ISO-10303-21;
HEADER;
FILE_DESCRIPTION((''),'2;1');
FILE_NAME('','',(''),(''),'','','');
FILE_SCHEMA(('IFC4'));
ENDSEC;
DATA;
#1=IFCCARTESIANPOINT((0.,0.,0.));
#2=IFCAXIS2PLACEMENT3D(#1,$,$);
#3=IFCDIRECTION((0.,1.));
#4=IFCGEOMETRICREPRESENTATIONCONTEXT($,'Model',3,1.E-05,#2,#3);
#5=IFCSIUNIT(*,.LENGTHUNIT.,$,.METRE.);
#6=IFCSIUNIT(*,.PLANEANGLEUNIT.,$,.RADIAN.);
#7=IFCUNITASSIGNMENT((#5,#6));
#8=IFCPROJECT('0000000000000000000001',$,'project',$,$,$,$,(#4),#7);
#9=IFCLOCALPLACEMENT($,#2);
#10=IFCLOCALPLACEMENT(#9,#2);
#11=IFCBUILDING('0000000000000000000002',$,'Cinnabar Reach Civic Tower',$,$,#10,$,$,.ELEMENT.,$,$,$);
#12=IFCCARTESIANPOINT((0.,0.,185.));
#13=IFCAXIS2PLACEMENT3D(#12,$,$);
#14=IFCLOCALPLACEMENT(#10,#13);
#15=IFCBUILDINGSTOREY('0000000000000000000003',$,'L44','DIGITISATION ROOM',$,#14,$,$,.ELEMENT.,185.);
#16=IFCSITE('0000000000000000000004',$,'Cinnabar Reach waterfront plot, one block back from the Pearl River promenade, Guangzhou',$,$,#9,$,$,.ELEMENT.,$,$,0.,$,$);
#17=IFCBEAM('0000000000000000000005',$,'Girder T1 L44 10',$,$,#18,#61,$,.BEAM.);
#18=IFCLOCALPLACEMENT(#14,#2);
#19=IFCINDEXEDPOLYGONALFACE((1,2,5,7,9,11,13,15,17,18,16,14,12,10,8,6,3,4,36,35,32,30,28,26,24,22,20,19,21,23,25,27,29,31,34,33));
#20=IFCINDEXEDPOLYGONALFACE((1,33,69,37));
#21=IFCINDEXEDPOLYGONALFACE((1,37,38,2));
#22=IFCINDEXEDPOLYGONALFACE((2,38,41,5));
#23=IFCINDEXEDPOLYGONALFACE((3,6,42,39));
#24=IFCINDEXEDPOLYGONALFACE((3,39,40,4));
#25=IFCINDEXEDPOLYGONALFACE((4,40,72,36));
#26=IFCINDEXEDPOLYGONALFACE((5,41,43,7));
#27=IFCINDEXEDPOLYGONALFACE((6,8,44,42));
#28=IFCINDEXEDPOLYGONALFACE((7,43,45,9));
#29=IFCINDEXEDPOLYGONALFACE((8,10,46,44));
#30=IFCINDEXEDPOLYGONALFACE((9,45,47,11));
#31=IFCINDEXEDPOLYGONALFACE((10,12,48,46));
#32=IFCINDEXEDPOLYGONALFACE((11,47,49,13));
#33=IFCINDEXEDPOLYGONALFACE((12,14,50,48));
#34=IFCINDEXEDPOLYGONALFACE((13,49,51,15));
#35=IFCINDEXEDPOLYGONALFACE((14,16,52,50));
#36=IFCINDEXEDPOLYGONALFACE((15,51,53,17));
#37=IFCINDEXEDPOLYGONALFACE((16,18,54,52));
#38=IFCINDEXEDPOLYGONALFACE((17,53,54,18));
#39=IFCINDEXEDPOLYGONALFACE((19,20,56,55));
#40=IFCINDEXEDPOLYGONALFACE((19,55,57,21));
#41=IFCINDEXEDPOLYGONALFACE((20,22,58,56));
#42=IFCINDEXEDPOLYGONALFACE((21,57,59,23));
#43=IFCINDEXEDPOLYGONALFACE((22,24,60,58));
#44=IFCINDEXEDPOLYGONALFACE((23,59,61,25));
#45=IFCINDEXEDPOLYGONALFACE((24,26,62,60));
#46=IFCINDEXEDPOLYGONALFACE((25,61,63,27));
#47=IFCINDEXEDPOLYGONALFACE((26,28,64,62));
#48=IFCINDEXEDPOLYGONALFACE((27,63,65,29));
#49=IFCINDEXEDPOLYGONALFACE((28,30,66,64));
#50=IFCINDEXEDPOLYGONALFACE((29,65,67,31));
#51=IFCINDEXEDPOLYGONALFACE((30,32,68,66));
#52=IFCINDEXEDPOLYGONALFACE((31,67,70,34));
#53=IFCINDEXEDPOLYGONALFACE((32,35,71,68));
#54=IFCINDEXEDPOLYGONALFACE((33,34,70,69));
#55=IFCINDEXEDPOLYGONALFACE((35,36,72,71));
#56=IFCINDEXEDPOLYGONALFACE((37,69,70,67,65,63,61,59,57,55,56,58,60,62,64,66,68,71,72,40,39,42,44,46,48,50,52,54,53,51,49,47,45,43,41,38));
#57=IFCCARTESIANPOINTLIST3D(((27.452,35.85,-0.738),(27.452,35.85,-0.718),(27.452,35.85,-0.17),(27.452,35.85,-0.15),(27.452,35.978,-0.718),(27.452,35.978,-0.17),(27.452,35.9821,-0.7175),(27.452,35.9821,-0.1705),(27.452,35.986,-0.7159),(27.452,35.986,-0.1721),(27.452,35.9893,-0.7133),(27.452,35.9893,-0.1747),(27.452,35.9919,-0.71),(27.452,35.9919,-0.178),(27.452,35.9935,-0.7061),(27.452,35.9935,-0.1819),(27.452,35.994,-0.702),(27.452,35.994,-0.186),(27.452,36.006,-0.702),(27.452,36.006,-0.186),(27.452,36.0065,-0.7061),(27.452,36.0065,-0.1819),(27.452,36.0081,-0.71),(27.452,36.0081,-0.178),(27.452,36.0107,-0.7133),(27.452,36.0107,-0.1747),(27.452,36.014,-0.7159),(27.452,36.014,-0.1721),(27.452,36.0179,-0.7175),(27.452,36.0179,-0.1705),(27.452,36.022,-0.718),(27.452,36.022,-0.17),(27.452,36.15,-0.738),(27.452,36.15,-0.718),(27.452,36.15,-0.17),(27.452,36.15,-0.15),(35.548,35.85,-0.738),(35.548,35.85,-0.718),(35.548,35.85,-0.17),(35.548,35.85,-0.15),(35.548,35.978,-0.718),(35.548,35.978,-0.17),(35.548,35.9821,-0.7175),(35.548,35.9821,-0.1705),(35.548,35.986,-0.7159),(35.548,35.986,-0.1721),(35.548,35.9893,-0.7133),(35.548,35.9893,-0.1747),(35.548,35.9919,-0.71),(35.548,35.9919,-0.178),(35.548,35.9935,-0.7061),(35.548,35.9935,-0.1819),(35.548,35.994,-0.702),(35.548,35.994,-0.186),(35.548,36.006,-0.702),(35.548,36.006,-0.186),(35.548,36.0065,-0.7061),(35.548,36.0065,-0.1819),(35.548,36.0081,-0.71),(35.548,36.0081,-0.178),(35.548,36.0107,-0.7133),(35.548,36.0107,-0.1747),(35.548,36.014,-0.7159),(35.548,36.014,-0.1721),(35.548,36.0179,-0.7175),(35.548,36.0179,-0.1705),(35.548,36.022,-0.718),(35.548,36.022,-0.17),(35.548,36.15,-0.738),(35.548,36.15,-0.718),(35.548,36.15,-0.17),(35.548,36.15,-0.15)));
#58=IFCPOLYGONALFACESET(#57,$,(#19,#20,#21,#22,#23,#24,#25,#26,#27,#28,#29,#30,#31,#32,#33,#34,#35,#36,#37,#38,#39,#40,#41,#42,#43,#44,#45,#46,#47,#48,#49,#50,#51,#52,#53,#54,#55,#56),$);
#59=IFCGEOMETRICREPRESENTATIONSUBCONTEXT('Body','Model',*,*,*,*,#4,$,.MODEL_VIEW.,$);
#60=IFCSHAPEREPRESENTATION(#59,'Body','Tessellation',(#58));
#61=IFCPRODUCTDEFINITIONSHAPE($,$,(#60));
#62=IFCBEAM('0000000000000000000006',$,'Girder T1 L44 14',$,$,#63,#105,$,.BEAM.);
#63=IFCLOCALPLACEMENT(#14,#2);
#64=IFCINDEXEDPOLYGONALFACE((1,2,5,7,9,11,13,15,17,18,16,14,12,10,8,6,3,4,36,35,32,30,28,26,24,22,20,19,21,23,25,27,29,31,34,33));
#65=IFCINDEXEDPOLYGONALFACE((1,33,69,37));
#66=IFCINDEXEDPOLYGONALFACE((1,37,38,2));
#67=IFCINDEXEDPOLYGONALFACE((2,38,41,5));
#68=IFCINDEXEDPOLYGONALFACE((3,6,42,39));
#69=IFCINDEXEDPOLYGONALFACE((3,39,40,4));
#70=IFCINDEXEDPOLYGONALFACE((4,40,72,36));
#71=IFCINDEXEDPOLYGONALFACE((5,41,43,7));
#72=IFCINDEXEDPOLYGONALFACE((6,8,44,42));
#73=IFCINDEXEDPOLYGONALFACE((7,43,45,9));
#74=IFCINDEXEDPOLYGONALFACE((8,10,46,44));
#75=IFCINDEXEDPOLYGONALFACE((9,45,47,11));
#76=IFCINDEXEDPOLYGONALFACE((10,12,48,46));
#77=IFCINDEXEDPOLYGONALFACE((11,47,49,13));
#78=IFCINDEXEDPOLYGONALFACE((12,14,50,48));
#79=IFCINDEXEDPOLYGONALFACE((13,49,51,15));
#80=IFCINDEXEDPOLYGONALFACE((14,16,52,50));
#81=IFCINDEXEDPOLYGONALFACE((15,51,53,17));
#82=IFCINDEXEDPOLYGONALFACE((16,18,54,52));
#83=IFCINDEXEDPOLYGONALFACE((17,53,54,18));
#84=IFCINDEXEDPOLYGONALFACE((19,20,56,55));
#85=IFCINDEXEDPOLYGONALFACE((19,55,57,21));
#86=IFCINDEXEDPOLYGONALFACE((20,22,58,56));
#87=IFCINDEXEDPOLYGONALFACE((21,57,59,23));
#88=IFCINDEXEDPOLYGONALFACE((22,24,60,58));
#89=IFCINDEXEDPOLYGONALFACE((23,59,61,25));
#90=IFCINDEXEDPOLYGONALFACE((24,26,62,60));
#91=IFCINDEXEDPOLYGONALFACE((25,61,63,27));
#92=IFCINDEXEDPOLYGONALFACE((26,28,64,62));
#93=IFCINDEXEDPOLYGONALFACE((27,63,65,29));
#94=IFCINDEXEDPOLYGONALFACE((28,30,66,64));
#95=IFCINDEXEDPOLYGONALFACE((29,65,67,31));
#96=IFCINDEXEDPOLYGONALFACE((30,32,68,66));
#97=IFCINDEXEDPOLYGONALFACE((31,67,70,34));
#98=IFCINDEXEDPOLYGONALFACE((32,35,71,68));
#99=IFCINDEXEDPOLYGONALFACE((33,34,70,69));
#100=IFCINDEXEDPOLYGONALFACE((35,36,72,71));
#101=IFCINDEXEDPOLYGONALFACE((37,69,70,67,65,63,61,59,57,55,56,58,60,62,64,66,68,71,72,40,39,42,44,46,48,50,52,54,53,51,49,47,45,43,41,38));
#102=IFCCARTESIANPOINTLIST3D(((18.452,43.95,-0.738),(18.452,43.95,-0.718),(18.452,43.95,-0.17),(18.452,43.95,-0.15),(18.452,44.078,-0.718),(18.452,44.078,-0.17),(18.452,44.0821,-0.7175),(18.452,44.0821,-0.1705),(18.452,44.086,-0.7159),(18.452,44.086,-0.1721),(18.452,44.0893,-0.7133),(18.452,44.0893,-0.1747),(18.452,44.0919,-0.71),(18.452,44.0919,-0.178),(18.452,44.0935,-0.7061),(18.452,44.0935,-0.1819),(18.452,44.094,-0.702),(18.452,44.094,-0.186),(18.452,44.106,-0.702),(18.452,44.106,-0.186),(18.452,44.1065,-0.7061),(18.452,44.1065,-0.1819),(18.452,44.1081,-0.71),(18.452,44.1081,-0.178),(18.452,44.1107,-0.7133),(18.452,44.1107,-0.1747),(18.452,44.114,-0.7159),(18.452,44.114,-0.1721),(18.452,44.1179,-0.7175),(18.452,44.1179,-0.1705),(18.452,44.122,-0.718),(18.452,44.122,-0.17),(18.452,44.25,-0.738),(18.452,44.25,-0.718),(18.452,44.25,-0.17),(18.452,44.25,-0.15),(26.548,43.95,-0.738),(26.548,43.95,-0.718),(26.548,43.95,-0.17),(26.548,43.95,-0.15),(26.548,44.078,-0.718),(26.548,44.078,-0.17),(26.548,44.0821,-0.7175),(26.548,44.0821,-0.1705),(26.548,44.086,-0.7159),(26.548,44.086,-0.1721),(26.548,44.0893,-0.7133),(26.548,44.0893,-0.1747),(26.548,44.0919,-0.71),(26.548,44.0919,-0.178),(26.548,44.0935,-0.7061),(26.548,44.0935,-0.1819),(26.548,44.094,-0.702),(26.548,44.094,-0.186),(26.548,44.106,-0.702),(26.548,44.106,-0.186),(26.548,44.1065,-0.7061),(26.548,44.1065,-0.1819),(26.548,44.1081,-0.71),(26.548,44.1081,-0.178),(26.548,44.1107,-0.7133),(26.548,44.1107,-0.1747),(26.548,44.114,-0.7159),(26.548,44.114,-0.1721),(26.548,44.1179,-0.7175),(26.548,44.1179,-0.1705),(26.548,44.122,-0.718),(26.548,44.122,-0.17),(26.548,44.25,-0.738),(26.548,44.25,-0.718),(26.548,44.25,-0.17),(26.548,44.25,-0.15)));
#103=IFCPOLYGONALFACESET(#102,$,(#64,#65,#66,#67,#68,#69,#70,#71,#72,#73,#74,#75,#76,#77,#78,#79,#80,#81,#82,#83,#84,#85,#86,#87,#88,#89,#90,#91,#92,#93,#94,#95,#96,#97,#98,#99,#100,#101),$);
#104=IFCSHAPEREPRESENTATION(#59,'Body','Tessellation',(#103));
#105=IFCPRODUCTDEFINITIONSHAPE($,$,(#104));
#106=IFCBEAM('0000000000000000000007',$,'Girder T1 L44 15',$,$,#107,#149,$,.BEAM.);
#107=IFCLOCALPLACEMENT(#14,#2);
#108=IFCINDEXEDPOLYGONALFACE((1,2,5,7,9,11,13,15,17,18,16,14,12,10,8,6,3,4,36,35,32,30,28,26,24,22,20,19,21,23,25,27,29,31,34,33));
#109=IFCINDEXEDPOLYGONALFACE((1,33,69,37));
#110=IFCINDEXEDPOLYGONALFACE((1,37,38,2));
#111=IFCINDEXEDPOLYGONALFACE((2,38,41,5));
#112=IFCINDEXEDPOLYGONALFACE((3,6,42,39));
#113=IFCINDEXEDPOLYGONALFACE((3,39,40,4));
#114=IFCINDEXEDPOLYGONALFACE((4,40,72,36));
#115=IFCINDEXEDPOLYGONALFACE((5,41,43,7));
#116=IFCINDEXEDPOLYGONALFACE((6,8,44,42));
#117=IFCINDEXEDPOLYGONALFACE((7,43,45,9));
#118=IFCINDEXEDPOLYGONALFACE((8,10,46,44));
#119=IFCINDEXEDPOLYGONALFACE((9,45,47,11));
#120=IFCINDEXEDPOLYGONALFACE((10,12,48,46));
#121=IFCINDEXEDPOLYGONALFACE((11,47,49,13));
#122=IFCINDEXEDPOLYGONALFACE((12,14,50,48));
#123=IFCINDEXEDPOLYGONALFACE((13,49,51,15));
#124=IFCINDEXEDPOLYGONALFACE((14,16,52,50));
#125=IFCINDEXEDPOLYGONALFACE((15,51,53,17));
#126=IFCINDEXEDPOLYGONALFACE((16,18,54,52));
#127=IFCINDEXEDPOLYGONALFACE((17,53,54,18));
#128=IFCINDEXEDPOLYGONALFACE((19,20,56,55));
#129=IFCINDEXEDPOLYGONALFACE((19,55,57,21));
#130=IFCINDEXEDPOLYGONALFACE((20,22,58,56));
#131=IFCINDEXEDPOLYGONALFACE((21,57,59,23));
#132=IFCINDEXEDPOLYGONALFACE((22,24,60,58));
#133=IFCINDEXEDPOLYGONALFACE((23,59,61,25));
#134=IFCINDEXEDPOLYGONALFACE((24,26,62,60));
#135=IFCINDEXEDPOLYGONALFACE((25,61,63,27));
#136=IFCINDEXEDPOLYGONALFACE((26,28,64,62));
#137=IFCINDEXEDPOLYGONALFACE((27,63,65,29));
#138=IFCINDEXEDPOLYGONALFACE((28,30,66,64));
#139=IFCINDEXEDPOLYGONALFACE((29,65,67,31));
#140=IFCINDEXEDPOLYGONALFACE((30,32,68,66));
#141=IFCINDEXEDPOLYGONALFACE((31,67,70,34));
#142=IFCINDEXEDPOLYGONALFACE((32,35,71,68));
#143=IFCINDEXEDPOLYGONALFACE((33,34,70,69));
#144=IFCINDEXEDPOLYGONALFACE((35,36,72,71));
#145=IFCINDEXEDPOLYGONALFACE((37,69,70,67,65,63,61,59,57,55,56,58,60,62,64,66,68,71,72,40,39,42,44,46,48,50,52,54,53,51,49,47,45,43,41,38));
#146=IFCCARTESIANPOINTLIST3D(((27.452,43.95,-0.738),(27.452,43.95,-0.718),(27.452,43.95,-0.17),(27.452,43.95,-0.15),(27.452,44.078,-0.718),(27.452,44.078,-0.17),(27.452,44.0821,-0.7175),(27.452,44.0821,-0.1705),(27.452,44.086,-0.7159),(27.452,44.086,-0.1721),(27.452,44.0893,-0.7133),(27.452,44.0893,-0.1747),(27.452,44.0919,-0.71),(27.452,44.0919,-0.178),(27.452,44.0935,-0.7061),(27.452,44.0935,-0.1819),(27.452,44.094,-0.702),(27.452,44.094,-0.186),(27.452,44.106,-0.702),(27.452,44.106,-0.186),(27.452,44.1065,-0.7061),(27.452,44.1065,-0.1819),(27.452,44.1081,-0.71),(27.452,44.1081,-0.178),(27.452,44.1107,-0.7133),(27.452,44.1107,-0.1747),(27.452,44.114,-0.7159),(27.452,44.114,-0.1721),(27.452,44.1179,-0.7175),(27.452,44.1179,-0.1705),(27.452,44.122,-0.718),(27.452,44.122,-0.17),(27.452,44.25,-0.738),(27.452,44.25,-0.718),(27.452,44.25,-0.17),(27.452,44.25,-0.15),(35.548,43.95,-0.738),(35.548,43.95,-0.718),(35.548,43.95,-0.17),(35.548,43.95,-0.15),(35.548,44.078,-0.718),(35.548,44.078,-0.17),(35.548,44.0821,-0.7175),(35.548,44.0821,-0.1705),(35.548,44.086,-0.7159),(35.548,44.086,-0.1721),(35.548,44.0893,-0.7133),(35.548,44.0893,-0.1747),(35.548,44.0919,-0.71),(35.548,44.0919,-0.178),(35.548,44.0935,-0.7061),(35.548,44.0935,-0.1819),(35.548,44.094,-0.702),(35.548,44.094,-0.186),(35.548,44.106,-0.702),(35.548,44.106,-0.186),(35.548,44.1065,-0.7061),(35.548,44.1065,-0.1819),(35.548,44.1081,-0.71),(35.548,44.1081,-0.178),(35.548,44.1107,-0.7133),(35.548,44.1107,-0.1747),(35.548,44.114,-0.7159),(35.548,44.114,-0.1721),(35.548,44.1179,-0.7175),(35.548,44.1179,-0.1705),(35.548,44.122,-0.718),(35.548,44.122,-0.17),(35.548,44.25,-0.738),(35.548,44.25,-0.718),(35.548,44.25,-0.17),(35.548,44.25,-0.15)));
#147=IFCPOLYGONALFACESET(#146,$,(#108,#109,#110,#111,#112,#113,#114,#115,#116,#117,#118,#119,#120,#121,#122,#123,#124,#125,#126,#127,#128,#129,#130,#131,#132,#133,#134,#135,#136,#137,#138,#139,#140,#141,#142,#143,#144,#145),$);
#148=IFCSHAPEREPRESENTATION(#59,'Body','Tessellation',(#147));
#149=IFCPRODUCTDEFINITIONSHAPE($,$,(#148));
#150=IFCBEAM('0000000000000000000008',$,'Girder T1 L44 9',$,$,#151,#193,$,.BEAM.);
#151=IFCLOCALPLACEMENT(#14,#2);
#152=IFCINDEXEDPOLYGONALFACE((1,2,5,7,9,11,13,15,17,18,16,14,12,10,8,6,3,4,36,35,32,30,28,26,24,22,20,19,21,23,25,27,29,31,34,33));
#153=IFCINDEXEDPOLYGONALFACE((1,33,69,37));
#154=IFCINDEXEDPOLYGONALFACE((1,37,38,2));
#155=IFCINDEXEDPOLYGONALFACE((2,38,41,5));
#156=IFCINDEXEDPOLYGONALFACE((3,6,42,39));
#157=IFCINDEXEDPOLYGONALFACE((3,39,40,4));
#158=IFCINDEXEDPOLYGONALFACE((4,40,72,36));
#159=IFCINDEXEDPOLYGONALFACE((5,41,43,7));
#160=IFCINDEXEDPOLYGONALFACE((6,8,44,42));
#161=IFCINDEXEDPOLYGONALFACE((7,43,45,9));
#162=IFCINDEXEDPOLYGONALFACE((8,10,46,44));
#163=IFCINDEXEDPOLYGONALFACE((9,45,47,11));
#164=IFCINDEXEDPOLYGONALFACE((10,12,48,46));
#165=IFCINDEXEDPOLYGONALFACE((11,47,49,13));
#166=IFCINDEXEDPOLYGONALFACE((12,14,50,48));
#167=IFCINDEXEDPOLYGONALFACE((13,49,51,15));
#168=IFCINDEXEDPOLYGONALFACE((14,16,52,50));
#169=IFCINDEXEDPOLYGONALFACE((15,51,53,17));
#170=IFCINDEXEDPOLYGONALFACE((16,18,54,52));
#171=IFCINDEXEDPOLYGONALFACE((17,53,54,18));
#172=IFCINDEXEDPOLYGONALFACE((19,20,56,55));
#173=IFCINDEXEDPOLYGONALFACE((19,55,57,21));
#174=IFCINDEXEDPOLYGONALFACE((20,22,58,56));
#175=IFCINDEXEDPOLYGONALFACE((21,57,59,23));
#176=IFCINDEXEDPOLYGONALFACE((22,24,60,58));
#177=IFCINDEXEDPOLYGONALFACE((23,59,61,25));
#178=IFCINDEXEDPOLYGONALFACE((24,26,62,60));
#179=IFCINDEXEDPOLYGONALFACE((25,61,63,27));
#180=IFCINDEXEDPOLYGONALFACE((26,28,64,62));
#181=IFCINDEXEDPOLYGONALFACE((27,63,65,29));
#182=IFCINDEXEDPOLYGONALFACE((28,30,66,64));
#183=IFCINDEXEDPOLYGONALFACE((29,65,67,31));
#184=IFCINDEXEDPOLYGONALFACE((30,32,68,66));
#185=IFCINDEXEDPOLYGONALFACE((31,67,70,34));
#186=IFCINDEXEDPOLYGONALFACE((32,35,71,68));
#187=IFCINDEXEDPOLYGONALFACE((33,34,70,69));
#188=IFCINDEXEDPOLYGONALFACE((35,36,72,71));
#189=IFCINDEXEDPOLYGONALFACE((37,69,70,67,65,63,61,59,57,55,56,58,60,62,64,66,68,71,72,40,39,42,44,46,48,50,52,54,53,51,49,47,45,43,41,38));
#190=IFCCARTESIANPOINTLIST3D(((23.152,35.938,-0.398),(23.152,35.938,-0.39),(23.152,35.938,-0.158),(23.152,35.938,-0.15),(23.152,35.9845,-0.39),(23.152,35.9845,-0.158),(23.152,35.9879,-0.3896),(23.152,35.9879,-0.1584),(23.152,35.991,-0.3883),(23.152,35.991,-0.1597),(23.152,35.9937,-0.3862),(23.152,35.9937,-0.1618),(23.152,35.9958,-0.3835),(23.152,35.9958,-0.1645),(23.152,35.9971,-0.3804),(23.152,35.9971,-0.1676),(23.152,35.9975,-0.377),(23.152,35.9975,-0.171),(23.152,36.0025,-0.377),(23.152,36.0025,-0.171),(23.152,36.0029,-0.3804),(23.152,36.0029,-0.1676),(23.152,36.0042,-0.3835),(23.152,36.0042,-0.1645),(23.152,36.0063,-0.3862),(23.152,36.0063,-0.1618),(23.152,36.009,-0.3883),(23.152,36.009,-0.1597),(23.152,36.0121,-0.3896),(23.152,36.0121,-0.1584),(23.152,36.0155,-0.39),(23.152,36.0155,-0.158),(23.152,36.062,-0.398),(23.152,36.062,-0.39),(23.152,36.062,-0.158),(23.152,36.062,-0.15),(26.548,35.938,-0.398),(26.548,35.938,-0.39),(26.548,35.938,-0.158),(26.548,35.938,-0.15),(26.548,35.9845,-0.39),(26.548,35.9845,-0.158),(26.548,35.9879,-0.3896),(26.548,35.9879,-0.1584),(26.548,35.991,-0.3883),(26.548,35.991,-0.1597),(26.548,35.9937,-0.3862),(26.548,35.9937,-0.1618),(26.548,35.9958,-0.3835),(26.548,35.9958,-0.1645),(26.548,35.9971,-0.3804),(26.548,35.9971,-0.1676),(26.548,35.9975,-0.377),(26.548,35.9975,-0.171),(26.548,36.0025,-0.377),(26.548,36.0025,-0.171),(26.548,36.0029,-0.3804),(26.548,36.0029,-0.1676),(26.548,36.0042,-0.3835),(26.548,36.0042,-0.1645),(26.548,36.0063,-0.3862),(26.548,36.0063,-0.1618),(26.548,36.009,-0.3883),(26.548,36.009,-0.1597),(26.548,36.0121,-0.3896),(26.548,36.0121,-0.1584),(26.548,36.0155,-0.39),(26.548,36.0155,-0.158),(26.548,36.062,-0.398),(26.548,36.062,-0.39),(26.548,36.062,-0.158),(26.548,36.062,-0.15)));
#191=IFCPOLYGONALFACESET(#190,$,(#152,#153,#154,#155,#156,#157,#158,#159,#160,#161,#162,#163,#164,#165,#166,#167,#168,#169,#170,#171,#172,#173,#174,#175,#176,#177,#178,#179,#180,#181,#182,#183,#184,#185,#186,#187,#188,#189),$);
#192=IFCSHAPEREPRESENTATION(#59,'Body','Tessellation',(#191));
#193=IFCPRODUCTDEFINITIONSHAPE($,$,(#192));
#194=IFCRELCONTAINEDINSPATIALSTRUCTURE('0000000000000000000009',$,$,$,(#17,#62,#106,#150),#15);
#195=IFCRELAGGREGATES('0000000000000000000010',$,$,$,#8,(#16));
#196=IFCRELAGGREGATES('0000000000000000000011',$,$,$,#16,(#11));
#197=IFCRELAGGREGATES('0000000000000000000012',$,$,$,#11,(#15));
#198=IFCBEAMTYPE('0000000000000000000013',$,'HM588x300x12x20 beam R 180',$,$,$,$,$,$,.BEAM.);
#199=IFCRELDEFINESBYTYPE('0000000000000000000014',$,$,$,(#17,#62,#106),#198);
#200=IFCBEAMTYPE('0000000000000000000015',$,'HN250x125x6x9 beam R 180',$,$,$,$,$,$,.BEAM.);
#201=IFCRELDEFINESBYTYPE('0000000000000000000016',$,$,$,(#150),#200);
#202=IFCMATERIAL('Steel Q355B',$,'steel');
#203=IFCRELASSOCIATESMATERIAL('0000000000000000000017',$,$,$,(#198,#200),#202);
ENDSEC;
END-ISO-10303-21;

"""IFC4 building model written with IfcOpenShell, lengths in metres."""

from ifc_helpers import new_model, si_unit, direction, frame, origin, origin_2d, place, context, subcontext, project, spatial, i_section, extrude, material, material_profile, profile_set, type_object, element, save


model = new_model("IFC4")

# Units and contexts
model_context = context("Model", 3, precision=1e-05, world=origin(), true_north=direction((0.0, 1.0)))
body_context = subcontext(model_context, "Body", "Model", "MODEL_VIEW")
ifc_project = project(units=[si_unit("LENGTHUNIT", "METRE"), si_unit("PLANEANGLEUNIT", "RADIAN")], contexts=[model_context])

# Site, building, storey
site_placement = place(None, origin())
site = spatial("IfcSite", under=ifc_project, at=site_placement, Name="Cinnabar Reach waterfront plot, one block back from the Pearl River promenade, Guangzhou", CompositionType="ELEMENT", RefElevation=0.0)
building_placement = place(site_placement, origin())
building = spatial("IfcBuilding", under=site, at=building_placement, Name="Cinnabar Reach Civic Tower", CompositionType="ELEMENT")
storey_placement = place(building_placement, frame((0.0, 0.0, 185.0)))
storey = spatial("IfcBuildingStorey", under=building, at=storey_placement, Name="L44", Description="DIGITISATION ROOM", CompositionType="ELEMENT", Elevation=185.0)

# Beams
ifc_material_1 = material(Name="Steel Q355B", Category="steel")
ifc_material_profile_1 = material_profile(ifc_material_1, i_section(OverallWidth=0.3, OverallDepth=0.588, WebThickness=0.012, FlangeThickness=0.02, FilletRadius=0.016, at=origin_2d()), Name="HM588x300x12x20")
ifc_profile_set_1 = profile_set([ifc_material_profile_1], Name="Steel Q355B")
beam_type_1 = type_object("IfcBeamType", Name="HM588x300x12x20 beam R 180", PredefinedType="BEAM", material=ifc_profile_set_1)
for number, where, z_axis, x_axis, name in (
    (1, (27.452, 36.0, -0.444), (1.0, 0.0, 0.0), (0.0, 1.0, 0.0), "Girder T1 L44 10"),
    (2, (18.452, 44.1, -0.444), (1.0, 0.0, 0.0), (0.0, 1.0, 0.0), "Girder T1 L44 14"),
    (3, (27.452, 44.1, -0.444), (1.0, 0.0, 0.0), (0.0, 1.0, 0.0), "Girder T1 L44 15"),
):
    element("IfcBeam", number, at=place(storey_placement, frame(where, z_axis=z_axis, x_axis=x_axis)), inside=storey, type_object=beam_type_1, Name=name, PredefinedType="BEAM", context=body_context, shape_type="SweptSolid", body=[
        extrude(i_section(OverallWidth=0.3, OverallDepth=0.588, WebThickness=0.012, FlangeThickness=0.02, FilletRadius=0.016, at=origin_2d()), origin(), (0.0, 0.0, 1.0), 8.096),
    ])
ifc_material_profile_2 = material_profile(ifc_material_1, i_section(OverallWidth=0.124, OverallDepth=0.248, WebThickness=0.005, FlangeThickness=0.008, FilletRadius=0.013, at=origin_2d()), Name="HN250x125x6x9")
ifc_profile_set_2 = profile_set([ifc_material_profile_2], Name="Steel Q355B")
beam_type_2 = type_object("IfcBeamType", Name="HN250x125x6x9 beam R 180", PredefinedType="BEAM", material=ifc_profile_set_2)
beam_1_placement = place(storey_placement, frame((23.152, 36.0, -0.274), z_axis=(1.0, 0.0, 0.0), x_axis=(0.0, 1.0, 0.0)))
element("IfcBeam", 4, at=beam_1_placement, inside=storey, type_object=beam_type_2, Name="Girder T1 L44 9", PredefinedType="BEAM", context=body_context, shape_type="SweptSolid", body=[
    extrude(i_section(OverallWidth=0.124, OverallDepth=0.248, WebThickness=0.005, FlangeThickness=0.008, FilletRadius=0.013, at=origin_2d()), origin(), (0.0, 0.0, 1.0), 3.396),
])

save(model, "model.ifc")
